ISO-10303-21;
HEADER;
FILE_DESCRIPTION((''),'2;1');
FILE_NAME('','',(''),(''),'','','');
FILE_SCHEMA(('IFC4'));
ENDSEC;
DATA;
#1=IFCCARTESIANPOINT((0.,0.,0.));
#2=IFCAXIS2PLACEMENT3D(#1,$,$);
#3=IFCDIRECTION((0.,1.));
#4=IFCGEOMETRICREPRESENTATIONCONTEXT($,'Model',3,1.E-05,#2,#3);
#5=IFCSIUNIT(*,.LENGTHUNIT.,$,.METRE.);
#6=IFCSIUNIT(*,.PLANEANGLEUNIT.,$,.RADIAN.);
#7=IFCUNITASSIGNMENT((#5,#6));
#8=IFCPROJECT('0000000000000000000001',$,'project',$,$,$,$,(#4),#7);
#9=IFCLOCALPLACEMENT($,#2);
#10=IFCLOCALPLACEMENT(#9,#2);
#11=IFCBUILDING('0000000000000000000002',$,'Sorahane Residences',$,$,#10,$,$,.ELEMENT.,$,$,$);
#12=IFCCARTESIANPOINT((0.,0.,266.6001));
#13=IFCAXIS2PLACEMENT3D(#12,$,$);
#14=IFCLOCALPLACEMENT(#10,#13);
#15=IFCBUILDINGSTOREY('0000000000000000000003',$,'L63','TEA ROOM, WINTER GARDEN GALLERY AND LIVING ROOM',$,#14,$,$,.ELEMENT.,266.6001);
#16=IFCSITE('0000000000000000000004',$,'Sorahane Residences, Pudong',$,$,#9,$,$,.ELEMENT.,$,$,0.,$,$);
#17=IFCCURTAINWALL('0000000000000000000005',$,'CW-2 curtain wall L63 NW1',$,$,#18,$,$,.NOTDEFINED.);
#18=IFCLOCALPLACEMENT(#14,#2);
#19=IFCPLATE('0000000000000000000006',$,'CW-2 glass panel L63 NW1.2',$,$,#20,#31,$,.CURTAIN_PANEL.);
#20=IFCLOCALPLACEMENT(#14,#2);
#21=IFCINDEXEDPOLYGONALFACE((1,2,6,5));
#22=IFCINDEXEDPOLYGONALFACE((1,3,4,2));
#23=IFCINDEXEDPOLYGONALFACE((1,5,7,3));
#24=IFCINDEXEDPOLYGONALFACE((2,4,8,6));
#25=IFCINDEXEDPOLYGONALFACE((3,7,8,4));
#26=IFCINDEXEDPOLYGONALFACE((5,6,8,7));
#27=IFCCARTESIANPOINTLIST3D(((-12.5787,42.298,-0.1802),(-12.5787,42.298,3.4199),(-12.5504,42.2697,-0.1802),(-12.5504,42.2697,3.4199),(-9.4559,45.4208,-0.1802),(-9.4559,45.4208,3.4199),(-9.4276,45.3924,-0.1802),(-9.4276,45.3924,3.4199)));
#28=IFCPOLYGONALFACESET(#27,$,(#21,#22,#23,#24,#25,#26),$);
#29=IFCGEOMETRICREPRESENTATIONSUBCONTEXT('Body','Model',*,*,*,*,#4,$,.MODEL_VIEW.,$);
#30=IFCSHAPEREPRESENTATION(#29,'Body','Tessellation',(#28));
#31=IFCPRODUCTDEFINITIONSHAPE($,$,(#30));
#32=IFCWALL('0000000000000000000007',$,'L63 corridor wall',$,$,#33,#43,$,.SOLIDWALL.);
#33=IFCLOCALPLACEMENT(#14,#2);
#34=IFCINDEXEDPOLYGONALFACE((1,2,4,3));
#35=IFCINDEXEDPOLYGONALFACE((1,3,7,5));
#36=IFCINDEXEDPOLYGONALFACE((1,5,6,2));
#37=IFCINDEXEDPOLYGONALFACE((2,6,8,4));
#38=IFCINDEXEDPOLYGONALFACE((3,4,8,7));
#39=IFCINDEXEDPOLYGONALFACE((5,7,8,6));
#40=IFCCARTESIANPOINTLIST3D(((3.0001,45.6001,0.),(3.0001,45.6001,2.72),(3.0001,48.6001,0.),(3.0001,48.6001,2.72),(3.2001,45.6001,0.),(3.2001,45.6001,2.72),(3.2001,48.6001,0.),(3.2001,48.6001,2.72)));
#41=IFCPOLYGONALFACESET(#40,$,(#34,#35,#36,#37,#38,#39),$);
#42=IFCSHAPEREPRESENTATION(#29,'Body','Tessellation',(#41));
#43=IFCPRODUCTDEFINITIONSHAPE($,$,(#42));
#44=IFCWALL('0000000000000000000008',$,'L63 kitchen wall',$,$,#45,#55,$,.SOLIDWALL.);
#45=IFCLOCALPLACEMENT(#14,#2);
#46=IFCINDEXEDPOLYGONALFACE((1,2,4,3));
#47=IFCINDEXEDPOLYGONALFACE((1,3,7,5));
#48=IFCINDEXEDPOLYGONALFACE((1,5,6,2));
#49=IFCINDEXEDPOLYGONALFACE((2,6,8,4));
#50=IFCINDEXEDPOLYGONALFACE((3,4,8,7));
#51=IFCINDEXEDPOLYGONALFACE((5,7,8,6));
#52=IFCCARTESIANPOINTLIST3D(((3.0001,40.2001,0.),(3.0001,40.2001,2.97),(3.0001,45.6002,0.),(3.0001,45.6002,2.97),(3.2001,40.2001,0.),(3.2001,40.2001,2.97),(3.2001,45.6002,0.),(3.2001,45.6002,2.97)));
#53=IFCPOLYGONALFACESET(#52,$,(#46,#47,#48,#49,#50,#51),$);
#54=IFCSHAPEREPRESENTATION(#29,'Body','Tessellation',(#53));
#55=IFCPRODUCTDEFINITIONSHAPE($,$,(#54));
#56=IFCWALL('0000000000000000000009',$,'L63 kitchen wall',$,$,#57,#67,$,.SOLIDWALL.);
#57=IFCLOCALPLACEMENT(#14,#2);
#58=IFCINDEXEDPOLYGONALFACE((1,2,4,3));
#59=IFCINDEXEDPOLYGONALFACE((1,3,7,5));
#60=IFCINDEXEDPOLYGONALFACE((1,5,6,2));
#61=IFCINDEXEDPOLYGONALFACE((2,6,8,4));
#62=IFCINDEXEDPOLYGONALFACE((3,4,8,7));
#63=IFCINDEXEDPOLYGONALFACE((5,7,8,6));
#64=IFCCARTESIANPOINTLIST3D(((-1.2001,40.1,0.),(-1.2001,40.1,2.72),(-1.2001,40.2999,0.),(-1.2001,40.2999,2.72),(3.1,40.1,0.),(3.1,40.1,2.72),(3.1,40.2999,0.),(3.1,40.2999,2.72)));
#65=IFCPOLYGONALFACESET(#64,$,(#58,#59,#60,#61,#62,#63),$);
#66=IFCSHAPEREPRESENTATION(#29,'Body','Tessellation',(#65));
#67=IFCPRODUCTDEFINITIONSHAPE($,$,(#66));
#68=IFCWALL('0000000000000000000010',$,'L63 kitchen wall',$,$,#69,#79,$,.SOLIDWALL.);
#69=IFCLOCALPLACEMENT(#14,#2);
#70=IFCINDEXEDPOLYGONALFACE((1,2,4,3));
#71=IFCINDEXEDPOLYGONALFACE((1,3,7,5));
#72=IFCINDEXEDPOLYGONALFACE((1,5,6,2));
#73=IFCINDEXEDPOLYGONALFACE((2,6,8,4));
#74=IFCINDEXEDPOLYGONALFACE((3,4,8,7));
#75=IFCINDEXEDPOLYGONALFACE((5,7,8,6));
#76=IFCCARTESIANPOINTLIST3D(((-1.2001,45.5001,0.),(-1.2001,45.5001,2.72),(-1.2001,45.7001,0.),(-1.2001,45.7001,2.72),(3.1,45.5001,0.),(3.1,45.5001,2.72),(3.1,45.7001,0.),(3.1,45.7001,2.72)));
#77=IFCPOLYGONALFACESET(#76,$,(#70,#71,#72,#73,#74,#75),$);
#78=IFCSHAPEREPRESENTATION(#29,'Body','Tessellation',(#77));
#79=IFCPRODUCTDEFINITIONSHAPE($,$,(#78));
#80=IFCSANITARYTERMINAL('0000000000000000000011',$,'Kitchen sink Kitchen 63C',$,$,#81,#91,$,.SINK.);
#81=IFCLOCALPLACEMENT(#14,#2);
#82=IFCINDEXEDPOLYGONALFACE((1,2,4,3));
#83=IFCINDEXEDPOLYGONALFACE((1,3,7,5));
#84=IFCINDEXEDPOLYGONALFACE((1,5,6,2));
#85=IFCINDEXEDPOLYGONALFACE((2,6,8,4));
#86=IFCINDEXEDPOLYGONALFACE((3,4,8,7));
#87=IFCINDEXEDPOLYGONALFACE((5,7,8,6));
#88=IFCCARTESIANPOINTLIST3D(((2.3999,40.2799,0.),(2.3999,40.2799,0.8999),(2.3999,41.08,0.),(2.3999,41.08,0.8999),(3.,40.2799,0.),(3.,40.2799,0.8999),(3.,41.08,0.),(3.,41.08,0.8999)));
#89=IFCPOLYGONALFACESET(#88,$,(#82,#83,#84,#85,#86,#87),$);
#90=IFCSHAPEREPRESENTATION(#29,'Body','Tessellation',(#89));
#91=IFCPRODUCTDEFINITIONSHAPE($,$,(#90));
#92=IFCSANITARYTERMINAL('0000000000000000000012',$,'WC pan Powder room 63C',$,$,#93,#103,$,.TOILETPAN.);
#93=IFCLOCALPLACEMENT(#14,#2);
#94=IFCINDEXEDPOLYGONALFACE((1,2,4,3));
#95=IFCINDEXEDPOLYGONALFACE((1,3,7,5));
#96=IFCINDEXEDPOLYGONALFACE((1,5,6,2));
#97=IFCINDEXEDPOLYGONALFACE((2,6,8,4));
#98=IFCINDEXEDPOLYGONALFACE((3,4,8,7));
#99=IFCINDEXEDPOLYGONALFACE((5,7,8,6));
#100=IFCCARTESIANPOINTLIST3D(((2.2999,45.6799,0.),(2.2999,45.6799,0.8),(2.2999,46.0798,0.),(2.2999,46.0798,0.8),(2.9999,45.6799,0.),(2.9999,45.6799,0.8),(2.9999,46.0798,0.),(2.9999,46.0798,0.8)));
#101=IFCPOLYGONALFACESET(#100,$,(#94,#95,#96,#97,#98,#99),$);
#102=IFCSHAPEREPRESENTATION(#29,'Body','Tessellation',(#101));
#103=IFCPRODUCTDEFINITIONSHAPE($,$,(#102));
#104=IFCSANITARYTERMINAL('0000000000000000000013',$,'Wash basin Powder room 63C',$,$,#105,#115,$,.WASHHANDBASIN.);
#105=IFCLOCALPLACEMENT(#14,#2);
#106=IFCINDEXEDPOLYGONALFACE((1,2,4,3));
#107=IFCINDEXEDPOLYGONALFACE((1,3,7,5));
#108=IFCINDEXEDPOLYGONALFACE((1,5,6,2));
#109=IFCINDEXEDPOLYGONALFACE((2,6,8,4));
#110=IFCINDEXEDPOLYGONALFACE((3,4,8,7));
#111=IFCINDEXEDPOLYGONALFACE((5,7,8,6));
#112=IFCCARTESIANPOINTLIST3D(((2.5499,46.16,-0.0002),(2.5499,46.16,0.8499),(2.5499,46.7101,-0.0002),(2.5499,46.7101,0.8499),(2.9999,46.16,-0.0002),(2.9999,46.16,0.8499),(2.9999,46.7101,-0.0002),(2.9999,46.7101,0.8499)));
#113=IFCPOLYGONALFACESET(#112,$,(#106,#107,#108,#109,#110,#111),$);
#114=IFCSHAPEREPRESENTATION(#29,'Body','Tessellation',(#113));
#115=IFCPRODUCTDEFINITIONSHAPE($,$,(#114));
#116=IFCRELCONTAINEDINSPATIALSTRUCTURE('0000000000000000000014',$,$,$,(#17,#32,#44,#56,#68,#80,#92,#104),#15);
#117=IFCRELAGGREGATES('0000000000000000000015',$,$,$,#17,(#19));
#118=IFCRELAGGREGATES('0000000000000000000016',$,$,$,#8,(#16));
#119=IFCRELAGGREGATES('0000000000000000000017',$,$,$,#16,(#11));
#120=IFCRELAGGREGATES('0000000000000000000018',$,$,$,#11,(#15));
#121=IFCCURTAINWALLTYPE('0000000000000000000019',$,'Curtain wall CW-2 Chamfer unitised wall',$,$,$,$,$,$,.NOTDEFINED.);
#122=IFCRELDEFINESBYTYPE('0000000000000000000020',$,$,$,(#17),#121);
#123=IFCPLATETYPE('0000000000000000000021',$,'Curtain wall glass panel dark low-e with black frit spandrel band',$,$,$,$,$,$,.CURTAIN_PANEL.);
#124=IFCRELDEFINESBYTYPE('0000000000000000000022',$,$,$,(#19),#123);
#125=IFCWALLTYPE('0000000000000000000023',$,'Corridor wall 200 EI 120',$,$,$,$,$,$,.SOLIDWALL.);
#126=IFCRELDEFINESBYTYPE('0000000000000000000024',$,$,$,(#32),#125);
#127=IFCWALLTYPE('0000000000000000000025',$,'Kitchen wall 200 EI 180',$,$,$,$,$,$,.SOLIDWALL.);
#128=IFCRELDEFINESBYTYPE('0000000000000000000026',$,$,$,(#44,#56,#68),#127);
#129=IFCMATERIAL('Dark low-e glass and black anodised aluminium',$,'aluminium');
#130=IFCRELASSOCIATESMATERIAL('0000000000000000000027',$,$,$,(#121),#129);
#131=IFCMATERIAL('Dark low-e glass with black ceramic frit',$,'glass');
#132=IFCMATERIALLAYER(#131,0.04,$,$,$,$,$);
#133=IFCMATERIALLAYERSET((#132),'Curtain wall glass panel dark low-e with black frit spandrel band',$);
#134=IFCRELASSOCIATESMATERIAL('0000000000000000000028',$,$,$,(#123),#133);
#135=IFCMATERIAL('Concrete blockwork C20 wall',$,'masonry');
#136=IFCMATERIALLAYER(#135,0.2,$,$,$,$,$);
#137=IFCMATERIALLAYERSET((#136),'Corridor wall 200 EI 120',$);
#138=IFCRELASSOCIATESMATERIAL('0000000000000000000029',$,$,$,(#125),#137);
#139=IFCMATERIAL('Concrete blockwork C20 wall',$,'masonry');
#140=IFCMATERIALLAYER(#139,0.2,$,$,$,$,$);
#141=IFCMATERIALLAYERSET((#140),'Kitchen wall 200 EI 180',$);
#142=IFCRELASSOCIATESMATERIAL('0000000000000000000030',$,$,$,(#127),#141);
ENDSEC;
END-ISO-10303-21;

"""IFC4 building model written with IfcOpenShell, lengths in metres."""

from ifc_helpers import new_model, si_unit, direction, frame, frame_2d, origin, origin_2d, place, context, subcontext, project, spatial, rectangle, extrude, material, layer, layer_set, type_object, element, aggregate, save


model = new_model("IFC4")

# Units and contexts
model_context = context("Model", 3, precision=1e-05, world=origin(), true_north=direction((0.0, 1.0)))
body_context = subcontext(model_context, "Body", "Model", "MODEL_VIEW")
ifc_project = project(units=[si_unit("LENGTHUNIT", "METRE"), si_unit("PLANEANGLEUNIT", "RADIAN")], contexts=[model_context])

# Site, building, storey
site_placement = place(None, origin())
site = spatial("IfcSite", under=ifc_project, at=site_placement, Name="Sorahane Residences, Pudong", CompositionType="ELEMENT", RefElevation=0.0)
building_placement = place(site_placement, origin())
building = spatial("IfcBuilding", under=site, at=building_placement, Name="Sorahane Residences", CompositionType="ELEMENT")
storey_placement = place(building_placement, frame((0.0, 0.0, 266.6001)))
storey = spatial("IfcBuildingStorey", under=building, at=storey_placement, Name="L63", Description="TEA ROOM, WINTER GARDEN GALLERY AND LIVING ROOM", CompositionType="ELEMENT", Elevation=266.6001)

# Curtain wall
ifc_material_1 = material(Name="Dark low-e glass and black anodised aluminium", Category="aluminium")
curtain_wall_type_1 = type_object("IfcCurtainWallType", Name="Curtain wall CW-2 Chamfer unitised wall", PredefinedType="NOTDEFINED", material=ifc_material_1)
curtain_wall_1_placement = place(storey_placement, origin())
curtain_wall_1 = element("IfcCurtainWall", 1, at=curtain_wall_1_placement, inside=storey, type_object=curtain_wall_type_1, Name="CW-2 curtain wall L63 NW1", PredefinedType="NOTDEFINED")

# Plate
ifc_material_2 = material(Name="Dark low-e glass with black ceramic frit", Category="glass")
ifc_layer_1 = layer(ifc_material_2, 0.04)
ifc_layer_set_1 = layer_set([ifc_layer_1], Name="Curtain wall glass panel dark low-e with black frit spandrel band")
plate_type = type_object("IfcPlateType", Name="Curtain wall glass panel dark low-e with black frit spandrel band", PredefinedType="CURTAIN_PANEL", material=ifc_layer_set_1)
plate_1_placement = place(storey_placement, frame((-11.0032, 43.8452, -0.1802), z_axis=(0.0, 0.0, 1.0), x_axis=(-0.707107, -0.707107, 0.0)))
plate_1 = element("IfcPlate", 2, at=plate_1_placement, type_object=plate_type, Name="CW-2 glass panel L63 NW1.2", PredefinedType="CURTAIN_PANEL", context=body_context, shape_type="SweptSolid", body=[
    extrude(rectangle(XDim=4.4163, YDim=0.04, at=origin_2d()), origin(), (0.0, 0.0, 1.0), 3.6001),
])
aggregate(curtain_wall_1, [plate_1])

# Wall
ifc_material_3 = material(Name="Concrete blockwork C20 wall", Category="masonry")
ifc_layer_2 = layer(ifc_material_3, 0.2)
ifc_layer_set_2 = layer_set([ifc_layer_2], Name="Corridor wall 200 EI 120")
wall_type_1 = type_object("IfcWallType", Name="Corridor wall 200 EI 120", PredefinedType="SOLIDWALL", material=ifc_layer_set_2)
wall_1_placement = place(storey_placement, frame((3.1001, 45.6001, 0.0), z_axis=(0.0, 0.0, 1.0), x_axis=(0.0, 1.0, 0.0)))
element("IfcWall", 3, at=wall_1_placement, inside=storey, type_object=wall_type_1, Name="L63 corridor wall", PredefinedType="SOLIDWALL", context=body_context, shape_type="SweptSolid", body=[
    extrude(rectangle(XDim=3.0, YDim=0.2, at=frame_2d((1.5, 0.0))), origin(), (0.0, 0.0, 1.0), 2.72),
])

# Shared definitions
ifc_material_4 = material(Name="Concrete blockwork C20 wall", Category="masonry")
ifc_layer_3 = layer(ifc_material_4, 0.2)
ifc_layer_set_3 = layer_set([ifc_layer_3], Name="Kitchen wall 200 EI 180")
wall_type_2 = type_object("IfcWallType", Name="Kitchen wall 200 EI 180", PredefinedType="SOLIDWALL", material=ifc_layer_set_3)

# Walls
wall_2_placement = place(storey_placement, frame((3.1001, 40.2, 0.0), z_axis=(0.0, 0.0, 1.0), x_axis=(0.0, 1.0, 0.0)))
element("IfcWall", 4, at=wall_2_placement, inside=storey, type_object=wall_type_2, Name="L63 kitchen wall", PredefinedType="SOLIDWALL", context=body_context, shape_type="SweptSolid", body=[
    extrude(rectangle(XDim=5.4001, YDim=0.2, at=frame_2d((2.7002, 0.0))), origin(), (0.0, 0.0, 1.0), 2.97),
])
for number, where, z_axis, x_axis, name in (
    (5, (-1.2, 40.2, 0.0), (0.0, 0.0, 1.0), (1.0, 0.0, 0.0), "L63 kitchen wall"),
    (6, (-1.2, 45.6001, 0.0), (0.0, 0.0, 1.0), (1.0, 0.0, 0.0), "L63 kitchen wall"),
):
    element("IfcWall", number, at=place(storey_placement, frame(where, z_axis=z_axis, x_axis=x_axis)), inside=storey, type_object=wall_type_2, Name=name, PredefinedType="SOLIDWALL", context=body_context, shape_type="SweptSolid", body=[
        extrude(rectangle(XDim=4.3, YDim=0.2, at=frame_2d((2.1499, 0.0))), origin(), (0.0, 0.0, 1.0), 2.72),
    ])

# Sanitary terminals
sanitary_terminal_1_placement = place(storey_placement, frame((2.7, 40.6799, 0.0), z_axis=(0.0, 0.0, 1.0), x_axis=(0.0, -1.0, 0.0)))
element("IfcSanitaryTerminal", 7, at=sanitary_terminal_1_placement, inside=storey, Name="Kitchen sink Kitchen 63C", PredefinedType="SINK", context=body_context, shape_type="SweptSolid", body=[
    extrude(rectangle(XDim=0.8, YDim=0.6001, at=origin_2d()), origin(), (0.0, 0.0, 1.0), 0.8999),
])
sanitary_terminal_2_placement = place(storey_placement, frame((2.6499, 45.8799, 0.0), z_axis=(0.0, 0.0, 1.0), x_axis=(0.0, -1.0, 0.0)))
element("IfcSanitaryTerminal", 8, at=sanitary_terminal_2_placement, inside=storey, Name="WC pan Powder room 63C", PredefinedType="TOILETPAN", context=body_context, shape_type="SweptSolid", body=[
    extrude(rectangle(XDim=0.3999, YDim=0.7, at=origin_2d()), origin(), (0.0, 0.0, 1.0), 0.8),
])
sanitary_terminal_3_placement = place(storey_placement, frame((2.7749, 46.4351, -0.0002), z_axis=(0.0, 0.0, 1.0), x_axis=(0.0, -1.0, 0.0)))
element("IfcSanitaryTerminal", 9, at=sanitary_terminal_3_placement, inside=storey, Name="Wash basin Powder room 63C", PredefinedType="WASHHANDBASIN", context=body_context, shape_type="SweptSolid", body=[
    extrude(rectangle(XDim=0.55, YDim=0.45, at=origin_2d()), origin(), (0.0, 0.0, 1.0), 0.8501),
])

save(model, "model.ifc")
